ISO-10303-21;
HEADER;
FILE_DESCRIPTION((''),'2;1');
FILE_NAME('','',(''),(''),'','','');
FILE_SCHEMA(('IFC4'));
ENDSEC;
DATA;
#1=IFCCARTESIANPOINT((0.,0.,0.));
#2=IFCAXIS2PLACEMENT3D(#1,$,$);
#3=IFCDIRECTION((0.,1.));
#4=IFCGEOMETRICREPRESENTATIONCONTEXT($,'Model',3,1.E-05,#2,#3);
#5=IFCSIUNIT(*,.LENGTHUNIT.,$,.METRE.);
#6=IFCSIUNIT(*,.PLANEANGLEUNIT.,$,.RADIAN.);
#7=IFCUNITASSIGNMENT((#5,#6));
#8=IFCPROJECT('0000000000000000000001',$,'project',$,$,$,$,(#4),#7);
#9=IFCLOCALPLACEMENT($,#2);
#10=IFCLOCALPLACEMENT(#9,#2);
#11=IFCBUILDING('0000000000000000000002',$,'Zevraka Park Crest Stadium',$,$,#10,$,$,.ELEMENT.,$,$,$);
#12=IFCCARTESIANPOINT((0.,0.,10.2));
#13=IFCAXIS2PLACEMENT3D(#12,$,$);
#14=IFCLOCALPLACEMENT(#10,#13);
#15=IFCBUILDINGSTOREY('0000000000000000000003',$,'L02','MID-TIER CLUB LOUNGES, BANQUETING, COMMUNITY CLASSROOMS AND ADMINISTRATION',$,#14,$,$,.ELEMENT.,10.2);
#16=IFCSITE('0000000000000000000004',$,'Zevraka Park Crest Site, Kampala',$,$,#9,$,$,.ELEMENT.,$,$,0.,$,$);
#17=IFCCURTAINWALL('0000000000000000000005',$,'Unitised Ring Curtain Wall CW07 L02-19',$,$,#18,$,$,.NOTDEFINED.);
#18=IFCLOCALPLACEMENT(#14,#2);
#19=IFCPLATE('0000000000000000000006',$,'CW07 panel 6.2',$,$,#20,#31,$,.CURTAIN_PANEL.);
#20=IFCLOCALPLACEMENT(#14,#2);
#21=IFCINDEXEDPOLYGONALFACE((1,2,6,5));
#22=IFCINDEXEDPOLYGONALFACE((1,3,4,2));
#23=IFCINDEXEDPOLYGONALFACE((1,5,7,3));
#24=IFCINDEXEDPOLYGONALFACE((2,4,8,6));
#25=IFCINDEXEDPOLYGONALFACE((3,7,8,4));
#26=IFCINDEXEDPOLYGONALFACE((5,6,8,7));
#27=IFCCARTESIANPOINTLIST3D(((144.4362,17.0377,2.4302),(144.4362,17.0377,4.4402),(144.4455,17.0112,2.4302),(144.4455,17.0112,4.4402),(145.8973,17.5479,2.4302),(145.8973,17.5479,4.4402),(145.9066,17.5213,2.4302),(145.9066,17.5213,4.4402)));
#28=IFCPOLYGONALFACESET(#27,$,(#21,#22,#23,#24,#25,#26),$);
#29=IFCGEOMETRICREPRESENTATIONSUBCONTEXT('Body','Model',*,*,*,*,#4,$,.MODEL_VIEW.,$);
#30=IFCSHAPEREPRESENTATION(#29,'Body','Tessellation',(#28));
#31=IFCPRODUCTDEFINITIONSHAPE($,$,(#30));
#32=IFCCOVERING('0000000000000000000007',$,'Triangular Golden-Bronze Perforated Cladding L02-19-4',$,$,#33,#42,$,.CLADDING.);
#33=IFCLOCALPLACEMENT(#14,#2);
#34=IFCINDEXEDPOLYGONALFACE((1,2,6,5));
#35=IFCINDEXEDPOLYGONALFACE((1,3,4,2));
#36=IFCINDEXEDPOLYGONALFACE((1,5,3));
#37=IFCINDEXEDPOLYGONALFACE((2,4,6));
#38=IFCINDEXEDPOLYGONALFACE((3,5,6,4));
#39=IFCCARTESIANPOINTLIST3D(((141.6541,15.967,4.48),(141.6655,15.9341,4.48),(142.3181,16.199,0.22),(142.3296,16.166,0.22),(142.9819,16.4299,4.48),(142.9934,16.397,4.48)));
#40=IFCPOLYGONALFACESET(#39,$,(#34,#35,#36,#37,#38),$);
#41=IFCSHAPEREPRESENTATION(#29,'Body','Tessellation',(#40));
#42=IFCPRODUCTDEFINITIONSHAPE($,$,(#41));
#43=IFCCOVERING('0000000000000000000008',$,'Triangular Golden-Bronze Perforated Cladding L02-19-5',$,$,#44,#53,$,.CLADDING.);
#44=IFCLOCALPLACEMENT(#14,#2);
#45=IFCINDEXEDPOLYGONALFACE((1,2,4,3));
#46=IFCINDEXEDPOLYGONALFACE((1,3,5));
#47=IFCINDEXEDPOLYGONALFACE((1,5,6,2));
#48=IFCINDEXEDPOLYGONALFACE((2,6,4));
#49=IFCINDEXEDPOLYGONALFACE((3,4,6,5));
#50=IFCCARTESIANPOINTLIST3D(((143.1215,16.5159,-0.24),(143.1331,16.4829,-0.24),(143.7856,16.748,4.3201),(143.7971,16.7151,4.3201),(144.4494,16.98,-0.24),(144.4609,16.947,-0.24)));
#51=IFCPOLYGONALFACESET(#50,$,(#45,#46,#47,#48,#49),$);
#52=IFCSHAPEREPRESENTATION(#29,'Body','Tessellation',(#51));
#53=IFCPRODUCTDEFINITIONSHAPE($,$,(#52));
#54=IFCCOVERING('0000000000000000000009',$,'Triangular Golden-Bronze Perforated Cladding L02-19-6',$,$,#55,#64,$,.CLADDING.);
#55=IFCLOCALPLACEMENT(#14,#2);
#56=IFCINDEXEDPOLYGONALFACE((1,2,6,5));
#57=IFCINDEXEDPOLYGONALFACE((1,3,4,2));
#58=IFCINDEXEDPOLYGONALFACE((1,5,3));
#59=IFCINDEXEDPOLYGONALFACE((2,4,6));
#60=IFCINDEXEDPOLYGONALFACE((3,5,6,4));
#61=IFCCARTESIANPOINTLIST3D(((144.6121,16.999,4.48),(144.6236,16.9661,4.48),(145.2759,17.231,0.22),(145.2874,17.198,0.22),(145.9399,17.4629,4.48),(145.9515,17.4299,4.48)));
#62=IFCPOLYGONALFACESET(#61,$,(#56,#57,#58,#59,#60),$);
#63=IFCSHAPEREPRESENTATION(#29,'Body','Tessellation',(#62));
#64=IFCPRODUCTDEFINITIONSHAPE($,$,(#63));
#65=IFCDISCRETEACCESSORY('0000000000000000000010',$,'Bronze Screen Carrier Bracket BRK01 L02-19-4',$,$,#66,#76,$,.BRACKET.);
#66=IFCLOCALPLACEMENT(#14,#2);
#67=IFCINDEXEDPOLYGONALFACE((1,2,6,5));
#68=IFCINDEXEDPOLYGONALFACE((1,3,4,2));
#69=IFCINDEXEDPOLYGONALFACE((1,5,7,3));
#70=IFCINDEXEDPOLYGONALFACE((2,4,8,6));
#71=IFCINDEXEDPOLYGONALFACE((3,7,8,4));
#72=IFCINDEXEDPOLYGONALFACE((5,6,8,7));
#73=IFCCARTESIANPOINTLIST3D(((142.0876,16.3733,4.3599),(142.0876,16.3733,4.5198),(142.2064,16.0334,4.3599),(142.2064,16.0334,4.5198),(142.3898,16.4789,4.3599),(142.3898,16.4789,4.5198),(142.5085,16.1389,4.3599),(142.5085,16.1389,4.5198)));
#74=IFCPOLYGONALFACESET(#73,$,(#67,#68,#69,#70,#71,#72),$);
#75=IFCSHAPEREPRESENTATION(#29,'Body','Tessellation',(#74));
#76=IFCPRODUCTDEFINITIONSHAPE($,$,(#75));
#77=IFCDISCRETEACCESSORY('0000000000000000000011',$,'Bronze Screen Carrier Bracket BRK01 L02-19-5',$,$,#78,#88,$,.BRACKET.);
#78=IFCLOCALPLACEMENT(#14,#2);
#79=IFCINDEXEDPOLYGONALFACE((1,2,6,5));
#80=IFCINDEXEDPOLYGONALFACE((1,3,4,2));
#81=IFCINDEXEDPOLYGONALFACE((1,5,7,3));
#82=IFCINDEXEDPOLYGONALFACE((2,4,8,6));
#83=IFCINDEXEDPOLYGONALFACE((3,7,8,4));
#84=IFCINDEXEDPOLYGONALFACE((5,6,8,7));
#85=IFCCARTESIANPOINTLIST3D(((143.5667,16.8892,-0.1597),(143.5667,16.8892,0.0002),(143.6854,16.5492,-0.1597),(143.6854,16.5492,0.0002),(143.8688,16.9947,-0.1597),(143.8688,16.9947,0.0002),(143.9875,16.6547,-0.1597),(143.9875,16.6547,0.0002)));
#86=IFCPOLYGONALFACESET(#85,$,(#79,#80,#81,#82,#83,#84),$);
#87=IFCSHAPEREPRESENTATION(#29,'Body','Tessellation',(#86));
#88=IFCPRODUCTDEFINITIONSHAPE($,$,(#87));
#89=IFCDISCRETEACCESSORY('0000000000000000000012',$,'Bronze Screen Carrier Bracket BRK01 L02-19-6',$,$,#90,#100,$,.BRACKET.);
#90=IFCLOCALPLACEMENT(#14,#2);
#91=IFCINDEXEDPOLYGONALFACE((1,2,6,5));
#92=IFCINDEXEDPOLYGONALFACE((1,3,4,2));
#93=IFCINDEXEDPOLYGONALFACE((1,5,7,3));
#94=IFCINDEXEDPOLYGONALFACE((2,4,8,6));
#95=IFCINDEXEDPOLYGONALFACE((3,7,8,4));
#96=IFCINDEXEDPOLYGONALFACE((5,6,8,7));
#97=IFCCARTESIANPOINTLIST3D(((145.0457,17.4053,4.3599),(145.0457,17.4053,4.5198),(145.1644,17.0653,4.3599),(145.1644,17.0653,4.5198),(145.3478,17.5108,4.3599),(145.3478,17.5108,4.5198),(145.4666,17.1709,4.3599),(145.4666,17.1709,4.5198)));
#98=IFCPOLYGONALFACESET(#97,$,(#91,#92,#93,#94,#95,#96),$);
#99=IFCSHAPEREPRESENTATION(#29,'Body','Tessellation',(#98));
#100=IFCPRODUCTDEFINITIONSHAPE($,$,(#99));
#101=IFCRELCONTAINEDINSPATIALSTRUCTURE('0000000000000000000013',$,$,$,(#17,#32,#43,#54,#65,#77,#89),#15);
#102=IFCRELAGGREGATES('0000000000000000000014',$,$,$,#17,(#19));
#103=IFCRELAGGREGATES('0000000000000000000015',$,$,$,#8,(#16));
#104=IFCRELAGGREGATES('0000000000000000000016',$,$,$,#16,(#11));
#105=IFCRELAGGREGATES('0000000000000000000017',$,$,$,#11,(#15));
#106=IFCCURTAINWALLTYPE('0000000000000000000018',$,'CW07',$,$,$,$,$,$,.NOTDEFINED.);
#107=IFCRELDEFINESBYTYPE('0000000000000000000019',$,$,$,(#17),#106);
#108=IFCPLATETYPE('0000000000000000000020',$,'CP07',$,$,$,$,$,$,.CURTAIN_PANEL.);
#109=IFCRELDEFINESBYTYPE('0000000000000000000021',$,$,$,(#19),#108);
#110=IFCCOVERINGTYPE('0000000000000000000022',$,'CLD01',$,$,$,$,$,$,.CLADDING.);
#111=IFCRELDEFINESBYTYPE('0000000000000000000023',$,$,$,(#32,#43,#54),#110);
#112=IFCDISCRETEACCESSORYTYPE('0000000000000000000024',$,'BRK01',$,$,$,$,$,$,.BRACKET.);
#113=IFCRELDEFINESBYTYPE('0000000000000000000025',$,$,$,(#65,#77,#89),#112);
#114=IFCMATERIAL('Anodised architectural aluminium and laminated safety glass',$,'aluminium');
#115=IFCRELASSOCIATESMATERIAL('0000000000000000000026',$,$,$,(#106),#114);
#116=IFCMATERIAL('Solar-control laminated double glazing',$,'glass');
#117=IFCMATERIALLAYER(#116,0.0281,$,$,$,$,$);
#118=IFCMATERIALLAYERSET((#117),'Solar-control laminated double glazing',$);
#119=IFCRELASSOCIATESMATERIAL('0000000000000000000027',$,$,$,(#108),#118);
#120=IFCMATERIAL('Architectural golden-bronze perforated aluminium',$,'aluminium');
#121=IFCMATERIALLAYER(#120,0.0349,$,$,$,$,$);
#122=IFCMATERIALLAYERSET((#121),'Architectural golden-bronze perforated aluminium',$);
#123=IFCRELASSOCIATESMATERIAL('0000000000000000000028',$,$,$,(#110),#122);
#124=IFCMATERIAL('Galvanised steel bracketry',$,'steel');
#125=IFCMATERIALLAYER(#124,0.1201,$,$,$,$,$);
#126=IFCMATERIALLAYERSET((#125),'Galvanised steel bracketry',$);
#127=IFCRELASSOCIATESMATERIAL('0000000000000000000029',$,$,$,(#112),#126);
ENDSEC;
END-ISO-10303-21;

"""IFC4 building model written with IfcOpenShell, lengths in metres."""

from ifc_helpers import new_model, si_unit, direction, frame, origin, origin_2d, place, context, subcontext, project, spatial, polyline, rectangle, outline, extrude, material, layer, layer_set, type_object, element, aggregate, save


model = new_model("IFC4")

# Units and contexts
model_context = context("Model", 3, precision=1e-05, world=origin(), true_north=direction((0.0, 1.0)))
body_context = subcontext(model_context, "Body", "Model", "MODEL_VIEW")
ifc_project = project(units=[si_unit("LENGTHUNIT", "METRE"), si_unit("PLANEANGLEUNIT", "RADIAN")], contexts=[model_context])

# Site, building, storey
site_placement = place(None, origin())
site = spatial("IfcSite", under=ifc_project, at=site_placement, Name="Zevraka Park Crest Site, Kampala", CompositionType="ELEMENT", RefElevation=0.0)
building_placement = place(site_placement, origin())
building = spatial("IfcBuilding", under=site, at=building_placement, Name="Zevraka Park Crest Stadium", CompositionType="ELEMENT")
storey_placement = place(building_placement, frame((0.0, 0.0, 10.2)))
storey = spatial("IfcBuildingStorey", under=building, at=storey_placement, Name="L02", Description="MID-TIER CLUB LOUNGES, BANQUETING, COMMUNITY CLASSROOMS AND ADMINISTRATION", CompositionType="ELEMENT", Elevation=10.2)

# Curtain wall, plate
ifc_material_1 = material(Name="Anodised architectural aluminium and laminated safety glass", Category="aluminium")
curtain_wall_type = type_object("IfcCurtainWallType", Name="CW07", PredefinedType="NOTDEFINED", material=ifc_material_1)
curtain_wall_placement = place(storey_placement, origin())
curtain_wall = element("IfcCurtainWall", 1, at=curtain_wall_placement, inside=storey, type_object=curtain_wall_type, Name="Unitised Ring Curtain Wall CW07 L02-19", PredefinedType="NOTDEFINED")
ifc_material_2 = material(Name="Solar-control laminated double glazing", Category="glass")
ifc_layer_1 = layer(ifc_material_2, 0.0281)
ifc_layer_set_1 = layer_set([ifc_layer_1], Name="Solar-control laminated double glazing")
plate_type = type_object("IfcPlateType", Name="CP07", PredefinedType="CURTAIN_PANEL", material=ifc_layer_set_1)
plate_1_placement = place(storey_placement, frame((145.1714, 17.2795, 2.4302), z_axis=(0.0, 0.0, 1.0), x_axis=(0.944114, 0.329619, 0.0)))
plate_1 = element("IfcPlate", 2, at=plate_1_placement, type_object=plate_type, Name="CW07 panel 6.2", PredefinedType="CURTAIN_PANEL", context=body_context, shape_type="SweptSolid", body=[
    extrude(rectangle(XDim=1.5476, YDim=0.0281, at=origin_2d()), origin(), (0.0, 0.0, 1.0), 2.01),
])
aggregate(curtain_wall, [plate_1])

# Coverings
ifc_material_3 = material(Name="Architectural golden-bronze perforated aluminium", Category="aluminium")
ifc_layer_2 = layer(ifc_material_3, 0.0349)
ifc_layer_set_2 = layer_set([ifc_layer_2], Name="Architectural golden-bronze perforated aluminium")
covering_type = type_object("IfcCoveringType", Name="CLD01", PredefinedType="CLADDING", material=ifc_layer_set_2)
covering_1_placement = place(storey_placement, frame((142.9819, 16.4299, 4.48), z_axis=(-0.329167, 0.944272, 0.000099), x_axis=(-0.944272, -0.329167, 0.0)))
element("IfcCovering", 3, at=covering_1_placement, inside=storey, type_object=covering_type, Name="Triangular Golden-Bronze Perforated Cladding L02-19-4", PredefinedType="CLADDING", context=body_context, shape_type="SweptSolid", body=[
    extrude(outline(polyline([(0.0, 0.0), (1.4062, 0.0), (0.7028, -4.26), (0.0, 0.0)])), origin(), (0.0, 0.0, -1.0), 0.0349),
])
covering_2_placement = place(storey_placement, frame((143.1331, 16.4829, -0.24), z_axis=(0.329941, -0.944002, 0.000016), x_axis=(0.944002, 0.329941, 0.0)))
element("IfcCovering", 4, at=covering_2_placement, inside=storey, type_object=covering_type, Name="Triangular Golden-Bronze Perforated Cladding L02-19-5", PredefinedType="CLADDING", context=body_context, shape_type="SweptSolid", body=[
    extrude(outline(polyline([(0.0, 0.0), (1.4067, 0.0), (0.7035, 4.5601), (0.0, 0.0)])), origin(), (0.0, 0.0, -1.0), 0.0349),
])
covering_3_placement = place(storey_placement, frame((145.9399, 17.4629, 4.48), z_axis=(-0.329786, 0.944056, 0.000009), x_axis=(-0.944056, -0.329786, 0.0)))
element("IfcCovering", 5, at=covering_3_placement, inside=storey, type_object=covering_type, Name="Triangular Golden-Bronze Perforated Cladding L02-19-6", PredefinedType="CLADDING", context=body_context, shape_type="SweptSolid", body=[
    extrude(outline(polyline([(0.0, 0.0), (1.4066, 0.0), (0.7034, -4.26), (0.0, 0.0)])), origin(), (0.0, 0.0, -1.0), 0.0349),
])

# Discrete accessories
ifc_material_4 = material(Name="Galvanised steel bracketry", Category="steel")
ifc_layer_3 = layer(ifc_material_4, 0.1201)
ifc_layer_set_3 = layer_set([ifc_layer_3], Name="Galvanised steel bracketry")
discrete_accessory_type = type_object("IfcDiscreteAccessoryType", Name="BRK01", PredefinedType="BRACKET", material=ifc_layer_set_3)
for number, where, z_axis, x_axis, name in (
    (6, (142.2981, 16.2561, 4.3599), (0.0, 0.0, 1.0), (0.944089, 0.329691, 0.0), "Bronze Screen Carrier Bracket BRK01 L02-19-4"),
    (7, (143.7771, 16.772, -0.1597), (0.0, 0.0, 1.0), (0.944089, 0.329691, 0.0), "Bronze Screen Carrier Bracket BRK01 L02-19-5"),
    (8, (145.2561, 17.2881, 4.3599), (0.0, 0.0, 1.0), (0.944089, 0.329691, 0.0), "Bronze Screen Carrier Bracket BRK01 L02-19-6"),
):
    element("IfcDiscreteAccessory", number, at=place(storey_placement, frame(where, z_axis=z_axis, x_axis=x_axis)), inside=storey, type_object=discrete_accessory_type, Name=name, PredefinedType="BRACKET", context=body_context, shape_type="SweptSolid", body=[
        extrude(rectangle(XDim=0.3201, YDim=0.3601, at=origin_2d()), origin(), (0.0, 0.0, 1.0), 0.1599),
    ])

save(model, "model.ifc")
